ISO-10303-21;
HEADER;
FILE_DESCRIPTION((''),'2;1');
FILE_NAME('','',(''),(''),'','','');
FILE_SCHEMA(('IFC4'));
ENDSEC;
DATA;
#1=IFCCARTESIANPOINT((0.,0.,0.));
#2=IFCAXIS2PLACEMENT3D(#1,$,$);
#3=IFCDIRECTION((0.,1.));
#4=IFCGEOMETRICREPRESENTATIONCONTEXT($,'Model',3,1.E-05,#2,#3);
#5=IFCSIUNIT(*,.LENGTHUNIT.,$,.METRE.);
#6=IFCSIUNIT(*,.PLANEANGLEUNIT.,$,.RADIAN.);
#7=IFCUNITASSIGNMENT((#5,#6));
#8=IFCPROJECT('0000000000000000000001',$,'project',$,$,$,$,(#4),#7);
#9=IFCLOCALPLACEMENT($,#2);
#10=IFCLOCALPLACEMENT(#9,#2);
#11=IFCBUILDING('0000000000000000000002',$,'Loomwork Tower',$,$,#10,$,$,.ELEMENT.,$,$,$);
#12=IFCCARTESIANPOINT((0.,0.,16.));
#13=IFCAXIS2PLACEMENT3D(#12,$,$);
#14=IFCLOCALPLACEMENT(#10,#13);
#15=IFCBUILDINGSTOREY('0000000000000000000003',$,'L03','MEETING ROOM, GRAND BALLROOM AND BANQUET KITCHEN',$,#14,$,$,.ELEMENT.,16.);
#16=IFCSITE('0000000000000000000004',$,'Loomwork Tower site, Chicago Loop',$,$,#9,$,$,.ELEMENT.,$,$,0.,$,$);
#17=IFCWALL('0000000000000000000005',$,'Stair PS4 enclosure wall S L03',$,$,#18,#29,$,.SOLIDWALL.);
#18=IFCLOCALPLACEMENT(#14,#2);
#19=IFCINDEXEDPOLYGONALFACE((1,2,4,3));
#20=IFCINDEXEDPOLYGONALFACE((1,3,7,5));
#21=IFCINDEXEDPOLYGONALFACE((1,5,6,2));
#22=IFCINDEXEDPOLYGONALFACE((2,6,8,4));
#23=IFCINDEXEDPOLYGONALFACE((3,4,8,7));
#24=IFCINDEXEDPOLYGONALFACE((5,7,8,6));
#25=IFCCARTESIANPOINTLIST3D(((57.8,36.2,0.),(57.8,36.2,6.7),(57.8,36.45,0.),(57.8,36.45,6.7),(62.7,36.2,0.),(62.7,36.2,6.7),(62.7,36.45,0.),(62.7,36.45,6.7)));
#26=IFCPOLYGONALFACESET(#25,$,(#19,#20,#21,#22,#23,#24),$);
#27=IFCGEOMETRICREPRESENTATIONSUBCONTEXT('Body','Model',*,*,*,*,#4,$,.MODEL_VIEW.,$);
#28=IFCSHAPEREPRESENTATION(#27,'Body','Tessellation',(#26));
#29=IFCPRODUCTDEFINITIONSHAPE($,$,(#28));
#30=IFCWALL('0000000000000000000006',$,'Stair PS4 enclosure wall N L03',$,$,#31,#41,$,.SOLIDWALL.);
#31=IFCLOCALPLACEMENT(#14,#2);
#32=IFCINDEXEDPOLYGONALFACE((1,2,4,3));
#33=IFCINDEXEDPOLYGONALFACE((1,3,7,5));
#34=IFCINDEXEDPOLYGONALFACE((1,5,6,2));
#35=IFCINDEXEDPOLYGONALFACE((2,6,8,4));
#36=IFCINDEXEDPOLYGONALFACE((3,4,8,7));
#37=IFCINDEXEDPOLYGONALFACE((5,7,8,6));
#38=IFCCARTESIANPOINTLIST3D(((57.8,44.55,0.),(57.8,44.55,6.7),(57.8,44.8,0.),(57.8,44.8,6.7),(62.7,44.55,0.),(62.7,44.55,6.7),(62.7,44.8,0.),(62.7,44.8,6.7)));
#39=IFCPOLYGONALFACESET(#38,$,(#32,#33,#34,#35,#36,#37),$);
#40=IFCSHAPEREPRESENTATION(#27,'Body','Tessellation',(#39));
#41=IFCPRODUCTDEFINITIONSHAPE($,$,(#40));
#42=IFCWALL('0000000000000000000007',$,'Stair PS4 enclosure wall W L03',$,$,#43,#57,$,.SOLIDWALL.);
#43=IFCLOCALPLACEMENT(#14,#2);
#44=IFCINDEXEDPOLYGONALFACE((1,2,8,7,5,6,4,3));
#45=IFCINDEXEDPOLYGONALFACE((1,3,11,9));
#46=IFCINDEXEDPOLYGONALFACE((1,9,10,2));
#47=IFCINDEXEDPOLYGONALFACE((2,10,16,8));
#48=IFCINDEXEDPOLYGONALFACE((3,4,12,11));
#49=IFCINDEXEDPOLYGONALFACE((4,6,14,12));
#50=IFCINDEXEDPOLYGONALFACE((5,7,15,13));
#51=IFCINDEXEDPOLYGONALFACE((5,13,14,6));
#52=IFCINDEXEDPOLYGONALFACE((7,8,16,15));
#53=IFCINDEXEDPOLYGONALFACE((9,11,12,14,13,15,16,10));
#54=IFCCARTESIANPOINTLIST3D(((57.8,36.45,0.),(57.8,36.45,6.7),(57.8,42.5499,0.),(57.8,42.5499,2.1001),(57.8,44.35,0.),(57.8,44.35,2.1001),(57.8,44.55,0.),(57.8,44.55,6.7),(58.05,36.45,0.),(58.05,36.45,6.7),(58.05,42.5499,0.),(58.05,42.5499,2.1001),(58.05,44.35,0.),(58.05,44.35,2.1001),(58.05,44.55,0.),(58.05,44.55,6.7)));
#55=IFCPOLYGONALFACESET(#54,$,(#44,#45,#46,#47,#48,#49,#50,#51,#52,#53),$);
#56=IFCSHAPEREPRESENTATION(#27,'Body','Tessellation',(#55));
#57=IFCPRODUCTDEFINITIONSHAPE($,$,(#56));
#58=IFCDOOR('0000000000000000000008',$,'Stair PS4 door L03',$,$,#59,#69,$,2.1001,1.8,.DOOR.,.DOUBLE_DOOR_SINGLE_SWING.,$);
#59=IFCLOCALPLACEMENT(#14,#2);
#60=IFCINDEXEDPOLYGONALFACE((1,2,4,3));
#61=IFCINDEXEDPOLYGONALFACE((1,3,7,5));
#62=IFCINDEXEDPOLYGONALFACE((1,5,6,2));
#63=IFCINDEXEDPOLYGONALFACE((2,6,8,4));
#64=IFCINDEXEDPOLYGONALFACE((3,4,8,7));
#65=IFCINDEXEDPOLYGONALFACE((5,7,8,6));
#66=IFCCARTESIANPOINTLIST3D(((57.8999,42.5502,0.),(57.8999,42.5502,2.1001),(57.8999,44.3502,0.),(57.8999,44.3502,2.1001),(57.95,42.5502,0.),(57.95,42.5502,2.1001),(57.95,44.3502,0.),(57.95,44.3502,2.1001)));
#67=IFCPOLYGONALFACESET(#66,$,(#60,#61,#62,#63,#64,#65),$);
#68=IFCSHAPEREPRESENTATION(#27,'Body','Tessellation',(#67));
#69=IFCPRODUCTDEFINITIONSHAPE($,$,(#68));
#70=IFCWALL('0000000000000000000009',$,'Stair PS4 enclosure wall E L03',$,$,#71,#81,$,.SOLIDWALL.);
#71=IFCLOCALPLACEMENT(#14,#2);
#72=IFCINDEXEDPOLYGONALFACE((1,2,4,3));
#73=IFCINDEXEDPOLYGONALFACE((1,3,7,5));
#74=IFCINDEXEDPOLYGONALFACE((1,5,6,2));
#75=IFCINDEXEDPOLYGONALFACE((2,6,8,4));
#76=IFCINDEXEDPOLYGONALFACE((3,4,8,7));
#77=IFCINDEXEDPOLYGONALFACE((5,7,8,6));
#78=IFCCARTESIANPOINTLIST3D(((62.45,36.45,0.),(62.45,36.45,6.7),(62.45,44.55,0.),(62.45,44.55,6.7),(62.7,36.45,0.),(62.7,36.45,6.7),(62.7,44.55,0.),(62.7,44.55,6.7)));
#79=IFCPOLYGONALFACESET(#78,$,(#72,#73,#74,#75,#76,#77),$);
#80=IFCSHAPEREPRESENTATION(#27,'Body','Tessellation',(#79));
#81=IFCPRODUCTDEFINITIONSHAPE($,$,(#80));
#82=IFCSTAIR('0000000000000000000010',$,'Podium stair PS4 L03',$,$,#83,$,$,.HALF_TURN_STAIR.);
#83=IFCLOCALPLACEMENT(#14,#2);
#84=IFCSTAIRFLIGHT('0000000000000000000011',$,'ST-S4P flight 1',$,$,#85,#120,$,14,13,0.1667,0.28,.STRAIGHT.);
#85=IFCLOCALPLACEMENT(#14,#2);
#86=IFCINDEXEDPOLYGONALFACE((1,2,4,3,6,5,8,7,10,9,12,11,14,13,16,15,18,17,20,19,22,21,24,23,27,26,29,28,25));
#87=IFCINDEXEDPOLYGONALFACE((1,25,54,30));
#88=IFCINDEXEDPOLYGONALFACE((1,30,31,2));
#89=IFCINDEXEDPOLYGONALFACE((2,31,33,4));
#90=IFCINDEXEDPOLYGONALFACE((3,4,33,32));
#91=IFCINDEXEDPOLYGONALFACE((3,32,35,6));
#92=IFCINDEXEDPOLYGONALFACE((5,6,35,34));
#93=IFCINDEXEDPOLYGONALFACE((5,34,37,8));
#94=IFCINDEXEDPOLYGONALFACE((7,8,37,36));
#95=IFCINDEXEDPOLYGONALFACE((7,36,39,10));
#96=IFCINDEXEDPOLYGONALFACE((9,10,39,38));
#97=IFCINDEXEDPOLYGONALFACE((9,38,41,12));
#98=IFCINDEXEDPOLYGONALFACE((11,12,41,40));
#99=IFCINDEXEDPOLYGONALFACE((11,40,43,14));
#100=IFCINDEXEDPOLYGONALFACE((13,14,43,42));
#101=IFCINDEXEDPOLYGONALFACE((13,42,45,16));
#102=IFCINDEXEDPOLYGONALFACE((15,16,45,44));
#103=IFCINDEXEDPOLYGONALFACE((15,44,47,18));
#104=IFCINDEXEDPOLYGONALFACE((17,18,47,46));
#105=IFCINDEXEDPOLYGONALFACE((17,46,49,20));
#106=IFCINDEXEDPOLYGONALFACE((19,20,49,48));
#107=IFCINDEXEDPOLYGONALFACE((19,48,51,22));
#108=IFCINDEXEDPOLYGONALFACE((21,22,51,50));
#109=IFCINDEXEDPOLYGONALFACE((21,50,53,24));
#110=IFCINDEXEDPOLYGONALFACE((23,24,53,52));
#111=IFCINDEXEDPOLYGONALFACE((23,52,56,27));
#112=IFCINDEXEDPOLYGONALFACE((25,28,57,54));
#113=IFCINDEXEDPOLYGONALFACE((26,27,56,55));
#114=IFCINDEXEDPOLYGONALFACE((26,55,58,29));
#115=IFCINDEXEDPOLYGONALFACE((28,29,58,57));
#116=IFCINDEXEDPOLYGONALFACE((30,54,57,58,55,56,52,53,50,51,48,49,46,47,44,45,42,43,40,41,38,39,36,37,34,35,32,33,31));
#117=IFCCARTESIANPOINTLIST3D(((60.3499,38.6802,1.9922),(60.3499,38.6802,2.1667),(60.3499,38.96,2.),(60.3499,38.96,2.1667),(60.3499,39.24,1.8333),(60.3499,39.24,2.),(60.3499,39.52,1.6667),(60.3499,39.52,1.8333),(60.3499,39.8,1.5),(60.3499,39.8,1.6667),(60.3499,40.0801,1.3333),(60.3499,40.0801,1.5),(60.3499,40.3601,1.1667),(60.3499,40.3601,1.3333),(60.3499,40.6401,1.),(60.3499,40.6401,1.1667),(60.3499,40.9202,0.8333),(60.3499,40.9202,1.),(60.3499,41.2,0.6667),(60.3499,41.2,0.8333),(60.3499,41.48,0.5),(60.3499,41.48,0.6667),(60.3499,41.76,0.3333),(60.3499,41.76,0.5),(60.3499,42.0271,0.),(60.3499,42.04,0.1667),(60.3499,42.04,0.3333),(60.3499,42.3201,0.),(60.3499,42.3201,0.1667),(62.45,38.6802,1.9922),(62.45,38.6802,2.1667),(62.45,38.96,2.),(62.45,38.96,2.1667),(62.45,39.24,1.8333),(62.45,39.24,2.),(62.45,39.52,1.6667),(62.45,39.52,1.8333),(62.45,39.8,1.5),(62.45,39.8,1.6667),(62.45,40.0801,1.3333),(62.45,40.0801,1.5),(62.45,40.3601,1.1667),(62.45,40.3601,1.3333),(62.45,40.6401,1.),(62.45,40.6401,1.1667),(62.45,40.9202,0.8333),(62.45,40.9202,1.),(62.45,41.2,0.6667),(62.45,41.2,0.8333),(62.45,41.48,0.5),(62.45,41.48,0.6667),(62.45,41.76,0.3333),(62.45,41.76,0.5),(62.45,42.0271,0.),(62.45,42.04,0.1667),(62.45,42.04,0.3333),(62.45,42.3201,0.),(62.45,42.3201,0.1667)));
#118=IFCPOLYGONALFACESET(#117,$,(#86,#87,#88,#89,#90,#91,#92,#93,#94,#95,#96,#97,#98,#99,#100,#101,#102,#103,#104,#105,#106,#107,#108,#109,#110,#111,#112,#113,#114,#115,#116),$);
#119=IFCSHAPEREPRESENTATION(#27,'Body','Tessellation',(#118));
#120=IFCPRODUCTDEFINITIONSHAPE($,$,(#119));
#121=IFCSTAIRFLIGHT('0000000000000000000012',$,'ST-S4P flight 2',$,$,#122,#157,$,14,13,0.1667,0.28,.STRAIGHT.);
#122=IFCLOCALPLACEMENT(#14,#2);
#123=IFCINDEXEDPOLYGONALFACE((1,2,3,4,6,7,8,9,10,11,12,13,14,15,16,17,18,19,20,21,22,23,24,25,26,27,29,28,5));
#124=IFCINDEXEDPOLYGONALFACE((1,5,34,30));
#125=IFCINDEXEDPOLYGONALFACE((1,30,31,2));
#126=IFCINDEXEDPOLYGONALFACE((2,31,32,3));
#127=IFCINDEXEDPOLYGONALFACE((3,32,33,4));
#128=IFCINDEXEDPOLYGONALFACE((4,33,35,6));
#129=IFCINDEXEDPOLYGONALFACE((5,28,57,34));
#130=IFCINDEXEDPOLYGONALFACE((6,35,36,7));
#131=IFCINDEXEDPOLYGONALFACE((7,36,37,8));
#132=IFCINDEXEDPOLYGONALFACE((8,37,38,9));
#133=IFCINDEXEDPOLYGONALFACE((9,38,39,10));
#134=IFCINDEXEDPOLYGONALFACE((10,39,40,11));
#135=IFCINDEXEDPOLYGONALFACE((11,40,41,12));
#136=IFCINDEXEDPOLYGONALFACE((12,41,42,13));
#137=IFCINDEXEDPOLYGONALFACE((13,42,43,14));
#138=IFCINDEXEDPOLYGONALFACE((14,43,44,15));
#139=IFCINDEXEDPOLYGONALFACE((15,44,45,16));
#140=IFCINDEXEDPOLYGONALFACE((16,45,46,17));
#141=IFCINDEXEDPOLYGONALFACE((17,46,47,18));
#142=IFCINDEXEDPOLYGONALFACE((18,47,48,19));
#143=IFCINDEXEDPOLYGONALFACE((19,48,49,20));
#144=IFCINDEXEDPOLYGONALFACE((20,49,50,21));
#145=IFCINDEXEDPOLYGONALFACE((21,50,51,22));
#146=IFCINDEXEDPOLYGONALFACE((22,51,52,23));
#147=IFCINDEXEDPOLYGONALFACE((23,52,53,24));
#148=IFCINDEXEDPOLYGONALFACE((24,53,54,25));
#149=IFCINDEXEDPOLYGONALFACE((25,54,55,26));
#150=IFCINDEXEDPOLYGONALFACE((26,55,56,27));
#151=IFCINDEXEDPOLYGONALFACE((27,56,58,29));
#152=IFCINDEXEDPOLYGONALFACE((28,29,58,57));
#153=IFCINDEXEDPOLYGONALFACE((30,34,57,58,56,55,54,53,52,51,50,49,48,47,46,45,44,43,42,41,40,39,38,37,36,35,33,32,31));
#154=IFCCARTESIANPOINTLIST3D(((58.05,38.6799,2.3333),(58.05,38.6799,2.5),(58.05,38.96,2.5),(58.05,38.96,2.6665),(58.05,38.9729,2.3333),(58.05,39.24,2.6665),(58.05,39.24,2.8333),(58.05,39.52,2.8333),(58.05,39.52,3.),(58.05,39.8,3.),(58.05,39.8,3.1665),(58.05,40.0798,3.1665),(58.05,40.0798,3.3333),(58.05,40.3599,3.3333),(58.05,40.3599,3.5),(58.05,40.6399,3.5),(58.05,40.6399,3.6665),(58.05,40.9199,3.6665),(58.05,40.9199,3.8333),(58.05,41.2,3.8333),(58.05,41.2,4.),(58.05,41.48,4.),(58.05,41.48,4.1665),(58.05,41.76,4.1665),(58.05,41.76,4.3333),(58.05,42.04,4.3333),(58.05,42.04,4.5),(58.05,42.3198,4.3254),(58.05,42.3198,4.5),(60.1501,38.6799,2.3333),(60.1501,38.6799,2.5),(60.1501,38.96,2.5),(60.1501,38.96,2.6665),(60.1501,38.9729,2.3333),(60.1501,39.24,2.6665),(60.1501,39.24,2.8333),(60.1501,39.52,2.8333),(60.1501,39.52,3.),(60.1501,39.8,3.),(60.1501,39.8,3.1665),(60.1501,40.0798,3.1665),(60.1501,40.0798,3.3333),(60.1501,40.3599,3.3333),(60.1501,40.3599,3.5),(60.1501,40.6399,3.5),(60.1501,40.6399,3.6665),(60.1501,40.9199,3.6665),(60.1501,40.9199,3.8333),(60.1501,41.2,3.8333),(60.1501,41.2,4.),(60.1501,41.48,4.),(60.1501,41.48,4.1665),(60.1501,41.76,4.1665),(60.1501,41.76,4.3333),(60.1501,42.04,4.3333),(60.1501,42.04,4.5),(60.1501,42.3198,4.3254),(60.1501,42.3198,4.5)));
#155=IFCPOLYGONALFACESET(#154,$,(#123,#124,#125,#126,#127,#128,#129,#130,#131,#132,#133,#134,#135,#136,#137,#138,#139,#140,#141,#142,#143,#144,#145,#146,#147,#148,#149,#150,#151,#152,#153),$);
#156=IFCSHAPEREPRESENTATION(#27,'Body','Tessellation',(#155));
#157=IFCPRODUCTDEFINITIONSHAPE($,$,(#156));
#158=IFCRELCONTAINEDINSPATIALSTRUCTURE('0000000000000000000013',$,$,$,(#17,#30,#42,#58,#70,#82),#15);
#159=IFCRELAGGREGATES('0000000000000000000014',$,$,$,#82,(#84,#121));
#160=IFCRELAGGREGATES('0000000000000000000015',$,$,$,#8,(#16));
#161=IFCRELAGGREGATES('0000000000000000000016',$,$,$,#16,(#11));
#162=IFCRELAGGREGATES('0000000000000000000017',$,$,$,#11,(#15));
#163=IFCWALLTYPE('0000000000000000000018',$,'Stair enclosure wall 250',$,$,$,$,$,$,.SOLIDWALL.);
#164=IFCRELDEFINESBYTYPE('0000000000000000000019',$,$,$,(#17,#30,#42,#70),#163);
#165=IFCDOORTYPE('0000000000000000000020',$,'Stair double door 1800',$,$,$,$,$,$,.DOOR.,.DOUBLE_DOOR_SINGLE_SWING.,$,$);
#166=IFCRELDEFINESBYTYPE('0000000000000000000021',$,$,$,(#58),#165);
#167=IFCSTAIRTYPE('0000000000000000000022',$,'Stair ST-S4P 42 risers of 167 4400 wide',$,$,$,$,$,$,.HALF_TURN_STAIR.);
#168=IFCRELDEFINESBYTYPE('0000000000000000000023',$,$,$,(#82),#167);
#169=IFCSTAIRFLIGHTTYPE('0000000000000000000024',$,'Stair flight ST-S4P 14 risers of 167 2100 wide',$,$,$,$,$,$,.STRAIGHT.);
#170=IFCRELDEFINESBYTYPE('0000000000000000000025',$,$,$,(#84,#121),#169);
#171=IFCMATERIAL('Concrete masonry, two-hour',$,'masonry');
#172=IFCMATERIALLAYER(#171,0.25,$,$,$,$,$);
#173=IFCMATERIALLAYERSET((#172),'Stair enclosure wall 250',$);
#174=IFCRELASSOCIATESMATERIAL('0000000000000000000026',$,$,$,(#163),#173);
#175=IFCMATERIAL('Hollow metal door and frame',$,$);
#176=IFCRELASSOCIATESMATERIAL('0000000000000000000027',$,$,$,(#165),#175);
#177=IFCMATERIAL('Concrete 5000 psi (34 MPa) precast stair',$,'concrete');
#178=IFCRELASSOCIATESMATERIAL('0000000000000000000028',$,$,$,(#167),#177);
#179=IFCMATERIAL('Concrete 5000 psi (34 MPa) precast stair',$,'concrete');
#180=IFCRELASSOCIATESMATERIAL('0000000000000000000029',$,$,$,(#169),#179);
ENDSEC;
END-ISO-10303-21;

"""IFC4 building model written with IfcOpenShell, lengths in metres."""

from ifc_helpers import new_model, si_unit, direction, frame, frame_2d, origin, place, context, subcontext, project, spatial, polyline, rectangle, outline, extrude, material, layer, layer_set, type_object, element, fill, aggregate, save


model = new_model("IFC4")

# Units and contexts
model_context = context("Model", 3, precision=1e-05, world=origin(), true_north=direction((0.0, 1.0)))
body_context = subcontext(model_context, "Body", "Model", "MODEL_VIEW")
ifc_project = project(units=[si_unit("LENGTHUNIT", "METRE"), si_unit("PLANEANGLEUNIT", "RADIAN")], contexts=[model_context])

# Site, building, storey
site_placement = place(None, origin())
site = spatial("IfcSite", under=ifc_project, at=site_placement, Name="Loomwork Tower site, Chicago Loop", CompositionType="ELEMENT", RefElevation=0.0)
building_placement = place(site_placement, origin())
building = spatial("IfcBuilding", under=site, at=building_placement, Name="Loomwork Tower", CompositionType="ELEMENT")
storey_placement = place(building_placement, frame((0.0, 0.0, 16.0)))
storey = spatial("IfcBuildingStorey", under=building, at=storey_placement, Name="L03", Description="MEETING ROOM, GRAND BALLROOM AND BANQUET KITCHEN", CompositionType="ELEMENT", Elevation=16.0)

# Walls
ifc_material_1 = material(Name="Concrete masonry, two-hour", Category="masonry")
ifc_layer_1 = layer(ifc_material_1, 0.25)
ifc_layer_set_1 = layer_set([ifc_layer_1], Name="Stair enclosure wall 250")
wall_type_1 = type_object("IfcWallType", Name="Stair enclosure wall 250", PredefinedType="SOLIDWALL", material=ifc_layer_set_1)
for number, where, z_axis, x_axis, name in (
    (1, (57.8, 36.325, 0.0), (0.0, 0.0, 1.0), (1.0, 0.0, 0.0), "Stair PS4 enclosure wall S L03"),
    (2, (57.8, 44.675, 0.0), (0.0, 0.0, 1.0), (1.0, 0.0, 0.0), "Stair PS4 enclosure wall N L03"),
):
    element("IfcWall", number, at=place(storey_placement, frame(where, z_axis=z_axis, x_axis=x_axis)), inside=storey, type_object=wall_type_1, Name=name, PredefinedType="SOLIDWALL", context=body_context, shape_type="SweptSolid", body=[
        extrude(rectangle(XDim=4.8999, YDim=0.25, at=frame_2d((2.45, 0.0))), origin(), (0.0, 0.0, 1.0), 6.7),
    ])

# Wall, opening, door
wall_1_placement = place(storey_placement, frame((57.925, 36.45, 0.0), z_axis=(0.0, 0.0, 1.0), x_axis=(0.0, 1.0, 0.0)))
wall_1 = element("IfcWall", 3, at=wall_1_placement, inside=storey, type_object=wall_type_1, Name="Stair PS4 enclosure wall W L03", PredefinedType="SOLIDWALL", context=body_context, shape_type="SweptSolid", body=[
    extrude(rectangle(XDim=8.1001, YDim=0.25, at=frame_2d((4.05, 0.0))), origin(), (0.0, 0.0, 1.0), 6.7),
])
opening_1_placement = place(wall_1_placement, frame((6.1001, 0.0, 0.0)))
opening_1 = element("IfcOpeningElement", 4, at=opening_1_placement, cuts=wall_1, PredefinedType="OPENING", context=body_context, shape_type="SweptSolid", body=[
    extrude(rectangle(XDim=1.8, YDim=2.1001, at=frame_2d((0.8999, 1.05))), frame((0.0, 0.135, 0.0), z_axis=(0.0, -1.0, 0.0), x_axis=(1.0, 0.0, 0.0)), (0.0, 0.0, 1.0), 0.27),
])
ifc_material_2 = material(Name="Hollow metal door and frame")
door_type = type_object("IfcDoorType", Name="Stair double door 1800", OperationType="DOUBLE_DOOR_SINGLE_SWING", PredefinedType="DOOR", material=ifc_material_2)
door_placement = place(opening_1_placement, frame((1.8, 0.0, 0.0), z_axis=(0.0, 0.0, 1.0), x_axis=(-1.0, 0.0, 0.0)))
door = element("IfcDoor", 5, at=door_placement, inside=storey, type_object=door_type, Name="Stair PS4 door L03", OperationType="DOUBLE_DOOR_SINGLE_SWING", OverallHeight=2.1001, OverallWidth=1.8, PredefinedType="DOOR", context=body_context, shape_type="SweptSolid", body=[
    extrude(rectangle(XDim=1.8, YDim=2.1001, at=frame_2d((0.8999, 1.05))), frame((0.0, 0.0249, 0.0), z_axis=(0.0, -1.0, 0.0), x_axis=(1.0, 0.0, 0.0)), (0.0, 0.0, 1.0), 0.05),
])
fill(opening_1, door)

# Wall
wall_2_placement = place(storey_placement, frame((62.575, 36.45, 0.0), z_axis=(0.0, 0.0, 1.0), x_axis=(0.0, 1.0, 0.0)))
element("IfcWall", 6, at=wall_2_placement, inside=storey, type_object=wall_type_1, Name="Stair PS4 enclosure wall E L03", PredefinedType="SOLIDWALL", context=body_context, shape_type="SweptSolid", body=[
    extrude(rectangle(XDim=8.1001, YDim=0.25, at=frame_2d((4.05, 0.0))), origin(), (0.0, 0.0, 1.0), 6.7),
])

# Stair, stair flights
ifc_material_3 = material(Name="Concrete 5000 psi (34 MPa) precast stair", Category="concrete")
stair_type = type_object("IfcStairType", Name="Stair ST-S4P 42 risers of 167 4400 wide", PredefinedType="HALF_TURN_STAIR", material=ifc_material_3)
stair_placement = place(storey_placement, origin())
stair = element("IfcStair", 7, at=stair_placement, inside=storey, type_object=stair_type, Name="Podium stair PS4 L03", PredefinedType="HALF_TURN_STAIR")
ifc_material_4 = material(Name="Concrete 5000 psi (34 MPa) precast stair", Category="concrete")
stair_flight_type = type_object("IfcStairFlightType", Name="Stair flight ST-S4P 14 risers of 167 2100 wide", PredefinedType="STRAIGHT", material=ifc_material_4)
stair_flight_1_placement = place(storey_placement, frame((61.3999, 42.3201, 0.0), z_axis=(0.0, 0.0, 1.0), x_axis=(0.0, -1.0, 0.0)))
stair_flight_1 = element("IfcStairFlight", 8, at=stair_flight_1_placement, type_object=stair_flight_type, Name="ST-S4P flight 1", NumberOfRisers=14, NumberOfTreads=13, PredefinedType="STRAIGHT", RiserHeight=0.1667, TreadLength=0.28, context=body_context, shape_type="SweptSolid", body=[
    extrude(outline(polyline([(0.0, 0.0), (0.0, 0.1667), (0.28, 0.1667), (0.28, 0.3333), (0.5601, 0.3333), (0.5601, 0.5), (0.8401, 0.5), (0.8401, 0.6667), (1.1201, 0.6667), (1.1201, 0.8333), (1.3999, 0.8333), (1.3999, 1.0), (1.6799, 1.0), (1.6799, 1.1667), (1.96, 1.1667), (1.96, 1.3333), (2.24, 1.3333), (2.24, 1.5), (2.52, 1.5), (2.52, 1.6667), (2.8, 1.6667), (2.8, 1.8333), (3.0801, 1.8333), (3.0801, 2.0), (3.3601, 2.0), (3.3601, 2.1667), (3.6399, 2.1667), (3.6399, 2.3333), (3.6399, 1.9922), (0.293, 0.0), (0.0, 0.0)])), frame((0.0, 1.05, 0.0), z_axis=(0.0, -1.0, 0.0), x_axis=(1.0, 0.0, 0.0)), (0.0, 0.0, 1.0), 2.1001),
])
stair_flight_2_placement = place(storey_placement, frame((59.1001, 38.6799, 2.3333), z_axis=(0.0, 0.0, 1.0), x_axis=(0.0, 1.0, 0.0)))
stair_flight_2 = element("IfcStairFlight", 9, at=stair_flight_2_placement, type_object=stair_flight_type, Name="ST-S4P flight 2", NumberOfRisers=14, NumberOfTreads=13, PredefinedType="STRAIGHT", RiserHeight=0.1667, TreadLength=0.28, context=body_context, shape_type="SweptSolid", body=[
    extrude(outline(polyline([(0.0, 0.0), (0.0, 0.1667), (0.28, 0.1667), (0.28, 0.3333), (0.5601, 0.3333), (0.5601, 0.5), (0.8401, 0.5), (0.8401, 0.6667), (1.1201, 0.6667), (1.1201, 0.8333), (1.3999, 0.8333), (1.3999, 1.0), (1.6799, 1.0), (1.6799, 1.1667), (1.96, 1.1667), (1.96, 1.3333), (2.24, 1.3333), (2.24, 1.5), (2.52, 1.5), (2.52, 1.6667), (2.8, 1.6667), (2.8, 1.8333), (3.0801, 1.8333), (3.0801, 2.0), (3.3601, 2.0), (3.3601, 2.1667), (3.6399, 2.1667), (3.6399, 2.3333), (3.6399, 1.9922), (0.293, 0.0), (0.0, 0.0)])), frame((0.0, 1.05, 0.0), z_axis=(0.0, -1.0, 0.0), x_axis=(1.0, 0.0, 0.0)), (0.0, 0.0, 1.0), 2.1001),
])
aggregate(stair, [stair_flight_1, stair_flight_2])

save(model, "model.ifc")
